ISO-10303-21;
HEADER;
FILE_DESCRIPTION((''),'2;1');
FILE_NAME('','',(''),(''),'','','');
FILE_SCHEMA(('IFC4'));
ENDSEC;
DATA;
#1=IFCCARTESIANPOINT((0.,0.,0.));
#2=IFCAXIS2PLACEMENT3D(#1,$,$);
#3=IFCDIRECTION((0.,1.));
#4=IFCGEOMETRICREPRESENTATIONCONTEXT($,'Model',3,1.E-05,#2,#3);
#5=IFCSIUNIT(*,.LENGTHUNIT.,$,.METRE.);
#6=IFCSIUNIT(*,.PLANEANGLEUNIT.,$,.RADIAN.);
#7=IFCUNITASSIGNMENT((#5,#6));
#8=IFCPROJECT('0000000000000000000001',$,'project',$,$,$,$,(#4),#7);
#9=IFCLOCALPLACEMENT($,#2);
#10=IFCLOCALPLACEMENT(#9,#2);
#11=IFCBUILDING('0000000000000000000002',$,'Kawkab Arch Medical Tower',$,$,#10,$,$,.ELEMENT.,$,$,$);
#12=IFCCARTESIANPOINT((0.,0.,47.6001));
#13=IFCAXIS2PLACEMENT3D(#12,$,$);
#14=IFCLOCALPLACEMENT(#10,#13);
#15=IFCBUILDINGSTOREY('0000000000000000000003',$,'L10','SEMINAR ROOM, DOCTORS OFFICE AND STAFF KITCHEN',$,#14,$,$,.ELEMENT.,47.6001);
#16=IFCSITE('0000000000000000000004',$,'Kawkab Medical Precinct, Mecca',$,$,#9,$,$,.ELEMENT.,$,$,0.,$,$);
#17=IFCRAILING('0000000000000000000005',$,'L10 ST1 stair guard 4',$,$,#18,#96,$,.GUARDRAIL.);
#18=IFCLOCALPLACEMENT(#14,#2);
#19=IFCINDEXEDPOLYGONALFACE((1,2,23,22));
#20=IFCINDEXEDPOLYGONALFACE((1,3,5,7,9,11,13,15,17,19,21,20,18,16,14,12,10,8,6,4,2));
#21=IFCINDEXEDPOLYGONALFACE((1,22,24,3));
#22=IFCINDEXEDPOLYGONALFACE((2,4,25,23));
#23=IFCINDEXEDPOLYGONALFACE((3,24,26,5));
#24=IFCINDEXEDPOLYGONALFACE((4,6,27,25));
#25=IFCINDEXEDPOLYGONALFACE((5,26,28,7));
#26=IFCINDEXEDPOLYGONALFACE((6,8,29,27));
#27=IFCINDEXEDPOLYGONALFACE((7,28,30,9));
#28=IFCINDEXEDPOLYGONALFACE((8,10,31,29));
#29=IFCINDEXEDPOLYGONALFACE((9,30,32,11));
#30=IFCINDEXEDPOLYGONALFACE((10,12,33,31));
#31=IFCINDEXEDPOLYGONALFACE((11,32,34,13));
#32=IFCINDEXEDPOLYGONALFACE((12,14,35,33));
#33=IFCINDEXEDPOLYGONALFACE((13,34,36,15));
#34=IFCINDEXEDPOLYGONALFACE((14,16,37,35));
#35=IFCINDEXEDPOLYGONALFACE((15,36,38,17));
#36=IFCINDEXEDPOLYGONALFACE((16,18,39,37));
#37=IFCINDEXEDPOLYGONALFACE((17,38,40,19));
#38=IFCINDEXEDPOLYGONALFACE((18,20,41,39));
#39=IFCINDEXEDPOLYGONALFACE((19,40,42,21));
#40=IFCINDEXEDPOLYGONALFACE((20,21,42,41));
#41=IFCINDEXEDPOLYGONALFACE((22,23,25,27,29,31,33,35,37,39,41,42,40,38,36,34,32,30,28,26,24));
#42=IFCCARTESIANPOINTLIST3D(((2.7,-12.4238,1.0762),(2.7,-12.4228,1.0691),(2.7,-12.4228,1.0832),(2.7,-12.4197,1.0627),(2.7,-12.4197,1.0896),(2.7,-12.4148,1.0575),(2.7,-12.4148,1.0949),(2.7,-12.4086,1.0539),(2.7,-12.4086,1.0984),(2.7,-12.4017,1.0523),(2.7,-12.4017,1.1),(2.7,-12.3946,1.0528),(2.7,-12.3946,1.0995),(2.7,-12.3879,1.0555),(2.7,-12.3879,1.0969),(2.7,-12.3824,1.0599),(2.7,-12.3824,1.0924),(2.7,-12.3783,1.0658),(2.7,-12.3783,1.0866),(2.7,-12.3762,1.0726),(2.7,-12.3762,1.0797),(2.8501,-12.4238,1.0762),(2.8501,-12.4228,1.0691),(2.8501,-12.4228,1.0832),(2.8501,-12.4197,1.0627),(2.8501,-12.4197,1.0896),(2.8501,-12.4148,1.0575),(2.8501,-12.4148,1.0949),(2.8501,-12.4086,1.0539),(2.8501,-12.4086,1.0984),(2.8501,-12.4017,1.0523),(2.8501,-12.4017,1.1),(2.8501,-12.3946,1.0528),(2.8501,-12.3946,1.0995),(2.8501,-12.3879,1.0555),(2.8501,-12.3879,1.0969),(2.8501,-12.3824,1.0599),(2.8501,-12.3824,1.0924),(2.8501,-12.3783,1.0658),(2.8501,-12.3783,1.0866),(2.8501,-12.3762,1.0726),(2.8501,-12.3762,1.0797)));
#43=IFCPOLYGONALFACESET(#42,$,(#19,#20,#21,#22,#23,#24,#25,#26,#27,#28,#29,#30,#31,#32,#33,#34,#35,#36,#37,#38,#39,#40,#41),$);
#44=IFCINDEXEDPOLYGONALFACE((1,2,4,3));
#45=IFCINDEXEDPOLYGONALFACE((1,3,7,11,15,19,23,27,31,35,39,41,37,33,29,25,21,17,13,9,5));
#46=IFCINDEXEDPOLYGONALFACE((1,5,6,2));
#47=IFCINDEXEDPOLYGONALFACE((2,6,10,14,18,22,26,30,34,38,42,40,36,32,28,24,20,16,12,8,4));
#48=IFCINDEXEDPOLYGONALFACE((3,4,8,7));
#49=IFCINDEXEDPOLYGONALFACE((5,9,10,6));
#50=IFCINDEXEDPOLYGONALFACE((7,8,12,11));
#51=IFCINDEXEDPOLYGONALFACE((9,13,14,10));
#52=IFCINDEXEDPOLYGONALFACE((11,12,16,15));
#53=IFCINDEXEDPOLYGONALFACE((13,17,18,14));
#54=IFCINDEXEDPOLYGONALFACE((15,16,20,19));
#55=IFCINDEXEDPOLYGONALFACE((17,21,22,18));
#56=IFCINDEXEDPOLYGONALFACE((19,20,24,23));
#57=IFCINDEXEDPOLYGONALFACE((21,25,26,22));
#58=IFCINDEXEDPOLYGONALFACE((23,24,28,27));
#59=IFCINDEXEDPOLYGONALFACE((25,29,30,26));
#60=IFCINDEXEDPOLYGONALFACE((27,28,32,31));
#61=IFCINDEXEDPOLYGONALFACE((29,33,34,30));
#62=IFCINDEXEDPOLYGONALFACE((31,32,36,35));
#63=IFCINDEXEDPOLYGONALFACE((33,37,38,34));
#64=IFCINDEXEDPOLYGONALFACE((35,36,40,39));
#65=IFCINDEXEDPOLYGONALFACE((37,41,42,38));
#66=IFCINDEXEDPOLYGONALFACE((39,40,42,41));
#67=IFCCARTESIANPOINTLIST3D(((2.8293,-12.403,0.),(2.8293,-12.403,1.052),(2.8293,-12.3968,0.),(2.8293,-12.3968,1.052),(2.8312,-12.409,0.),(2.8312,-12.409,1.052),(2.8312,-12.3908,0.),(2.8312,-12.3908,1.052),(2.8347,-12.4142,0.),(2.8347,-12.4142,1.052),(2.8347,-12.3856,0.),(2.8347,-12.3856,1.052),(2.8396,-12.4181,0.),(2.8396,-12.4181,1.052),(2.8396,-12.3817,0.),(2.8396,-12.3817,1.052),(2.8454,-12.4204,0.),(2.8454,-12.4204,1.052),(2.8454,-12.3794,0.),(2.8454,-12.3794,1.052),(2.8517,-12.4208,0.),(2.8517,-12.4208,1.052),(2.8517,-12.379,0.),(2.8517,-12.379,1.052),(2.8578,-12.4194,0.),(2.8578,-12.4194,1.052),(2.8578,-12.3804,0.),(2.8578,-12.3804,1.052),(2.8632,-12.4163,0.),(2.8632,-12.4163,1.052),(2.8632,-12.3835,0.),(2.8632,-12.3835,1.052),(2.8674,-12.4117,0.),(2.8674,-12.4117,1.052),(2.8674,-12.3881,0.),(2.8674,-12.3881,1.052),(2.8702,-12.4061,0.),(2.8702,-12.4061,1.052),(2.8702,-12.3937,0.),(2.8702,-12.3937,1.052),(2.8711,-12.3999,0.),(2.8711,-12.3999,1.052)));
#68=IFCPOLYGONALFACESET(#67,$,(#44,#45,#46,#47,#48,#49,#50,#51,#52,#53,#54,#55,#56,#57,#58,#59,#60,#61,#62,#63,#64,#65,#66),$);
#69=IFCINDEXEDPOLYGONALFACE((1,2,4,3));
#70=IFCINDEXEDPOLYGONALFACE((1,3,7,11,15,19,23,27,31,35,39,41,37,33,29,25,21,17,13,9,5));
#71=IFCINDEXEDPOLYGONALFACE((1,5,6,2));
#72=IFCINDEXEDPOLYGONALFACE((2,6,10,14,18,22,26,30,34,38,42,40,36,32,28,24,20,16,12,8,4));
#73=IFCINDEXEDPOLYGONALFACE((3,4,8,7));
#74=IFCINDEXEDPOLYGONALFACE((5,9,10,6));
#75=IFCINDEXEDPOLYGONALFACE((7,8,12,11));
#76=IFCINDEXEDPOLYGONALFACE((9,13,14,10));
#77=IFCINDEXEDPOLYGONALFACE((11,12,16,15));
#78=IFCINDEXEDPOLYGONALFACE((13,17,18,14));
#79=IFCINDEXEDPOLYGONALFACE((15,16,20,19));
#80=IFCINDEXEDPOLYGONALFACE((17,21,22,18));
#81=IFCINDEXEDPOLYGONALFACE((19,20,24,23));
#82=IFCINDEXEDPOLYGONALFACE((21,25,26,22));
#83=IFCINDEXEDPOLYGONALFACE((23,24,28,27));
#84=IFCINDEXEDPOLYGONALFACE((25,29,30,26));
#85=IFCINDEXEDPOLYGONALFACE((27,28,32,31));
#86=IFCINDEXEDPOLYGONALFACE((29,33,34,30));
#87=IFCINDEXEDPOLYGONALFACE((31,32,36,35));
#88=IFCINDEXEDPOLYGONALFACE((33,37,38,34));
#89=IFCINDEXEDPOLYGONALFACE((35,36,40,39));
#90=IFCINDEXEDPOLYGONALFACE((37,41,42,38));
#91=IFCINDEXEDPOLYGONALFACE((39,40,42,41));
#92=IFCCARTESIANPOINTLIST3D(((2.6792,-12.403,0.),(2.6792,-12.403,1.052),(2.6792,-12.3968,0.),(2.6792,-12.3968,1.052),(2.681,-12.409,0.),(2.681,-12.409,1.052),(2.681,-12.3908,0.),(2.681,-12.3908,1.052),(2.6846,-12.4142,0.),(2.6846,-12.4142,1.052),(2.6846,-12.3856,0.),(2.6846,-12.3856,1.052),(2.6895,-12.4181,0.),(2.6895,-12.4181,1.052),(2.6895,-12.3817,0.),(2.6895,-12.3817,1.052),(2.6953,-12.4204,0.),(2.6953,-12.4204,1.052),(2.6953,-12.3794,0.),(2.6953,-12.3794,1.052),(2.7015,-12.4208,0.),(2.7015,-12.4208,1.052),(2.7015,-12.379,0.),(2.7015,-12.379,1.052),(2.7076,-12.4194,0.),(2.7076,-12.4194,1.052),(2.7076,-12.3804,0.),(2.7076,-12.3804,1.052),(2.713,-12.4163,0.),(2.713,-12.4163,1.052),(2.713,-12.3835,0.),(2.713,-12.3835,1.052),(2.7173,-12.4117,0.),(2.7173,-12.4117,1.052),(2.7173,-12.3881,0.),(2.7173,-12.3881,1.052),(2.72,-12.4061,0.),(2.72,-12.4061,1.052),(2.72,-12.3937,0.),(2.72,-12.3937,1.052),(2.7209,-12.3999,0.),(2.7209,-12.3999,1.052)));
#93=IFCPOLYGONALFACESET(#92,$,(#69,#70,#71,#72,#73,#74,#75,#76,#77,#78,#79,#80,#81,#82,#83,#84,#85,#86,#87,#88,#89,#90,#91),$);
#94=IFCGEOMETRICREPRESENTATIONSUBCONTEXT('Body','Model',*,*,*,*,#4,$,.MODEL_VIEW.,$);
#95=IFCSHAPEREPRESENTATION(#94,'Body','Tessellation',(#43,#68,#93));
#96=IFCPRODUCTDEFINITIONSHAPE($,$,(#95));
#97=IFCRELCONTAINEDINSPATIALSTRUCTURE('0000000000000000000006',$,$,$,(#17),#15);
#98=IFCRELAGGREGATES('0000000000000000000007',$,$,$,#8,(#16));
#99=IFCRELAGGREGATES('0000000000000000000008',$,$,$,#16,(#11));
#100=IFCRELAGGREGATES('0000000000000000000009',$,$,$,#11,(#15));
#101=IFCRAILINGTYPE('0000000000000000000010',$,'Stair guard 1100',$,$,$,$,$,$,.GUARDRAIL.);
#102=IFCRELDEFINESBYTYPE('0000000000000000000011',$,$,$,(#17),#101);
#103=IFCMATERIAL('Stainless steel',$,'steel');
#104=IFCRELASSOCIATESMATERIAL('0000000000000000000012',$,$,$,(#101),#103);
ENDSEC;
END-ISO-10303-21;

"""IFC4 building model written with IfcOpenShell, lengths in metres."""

from ifc_helpers import new_model, si_unit, direction, frame, origin, origin_2d, place, context, subcontext, project, spatial, circle, extrude, material, type_object, element, save


model = new_model("IFC4")

# Units and contexts
model_context = context("Model", 3, precision=1e-05, world=origin(), true_north=direction((0.0, 1.0)))
body_context = subcontext(model_context, "Body", "Model", "MODEL_VIEW")
ifc_project = project(units=[si_unit("LENGTHUNIT", "METRE"), si_unit("PLANEANGLEUNIT", "RADIAN")], contexts=[model_context])

# Site, building, storey
site_placement = place(None, origin())
site = spatial("IfcSite", under=ifc_project, at=site_placement, Name="Kawkab Medical Precinct, Mecca", CompositionType="ELEMENT", RefElevation=0.0)
building_placement = place(site_placement, origin())
building = spatial("IfcBuilding", under=site, at=building_placement, Name="Kawkab Arch Medical Tower", CompositionType="ELEMENT")
storey_placement = place(building_placement, frame((0.0, 0.0, 47.6001)))
storey = spatial("IfcBuildingStorey", under=building, at=storey_placement, Name="L10", Description="SEMINAR ROOM, DOCTORS OFFICE AND STAFF KITCHEN", CompositionType="ELEMENT", Elevation=47.6001)

# Railing
ifc_material_1 = material(Name="Stainless steel", Category="steel")
railing_type_1 = type_object("IfcRailingType", Name="Stair guard 1100", PredefinedType="GUARDRAIL", material=ifc_material_1)
railing_1_placement = place(storey_placement, frame((2.8501, -12.3999, 0.0)))
element("IfcRailing", 1, at=railing_1_placement, inside=storey, type_object=railing_type_1, Name="L10 ST1 stair guard 4", PredefinedType="GUARDRAIL", context=body_context, shape_type="SweptSolid", body=[
    extrude(circle(Radius=0.0239, at=origin_2d()), frame((0.0, 0.0, 1.0762), z_axis=(-1.0, 0.0, 0.0), x_axis=(0.0, -1.0, 0.0)), (0.0, 0.0, 1.0), 0.1501),
    extrude(circle(Radius=0.021, at=origin_2d()), origin(), (0.0, 0.0, 1.0), 1.052),
    extrude(circle(Radius=0.021, at=origin_2d()), frame((-0.1501, 0.0, 0.0)), (0.0, 0.0, 1.0), 1.052),
])

save(model, "model.ifc")
